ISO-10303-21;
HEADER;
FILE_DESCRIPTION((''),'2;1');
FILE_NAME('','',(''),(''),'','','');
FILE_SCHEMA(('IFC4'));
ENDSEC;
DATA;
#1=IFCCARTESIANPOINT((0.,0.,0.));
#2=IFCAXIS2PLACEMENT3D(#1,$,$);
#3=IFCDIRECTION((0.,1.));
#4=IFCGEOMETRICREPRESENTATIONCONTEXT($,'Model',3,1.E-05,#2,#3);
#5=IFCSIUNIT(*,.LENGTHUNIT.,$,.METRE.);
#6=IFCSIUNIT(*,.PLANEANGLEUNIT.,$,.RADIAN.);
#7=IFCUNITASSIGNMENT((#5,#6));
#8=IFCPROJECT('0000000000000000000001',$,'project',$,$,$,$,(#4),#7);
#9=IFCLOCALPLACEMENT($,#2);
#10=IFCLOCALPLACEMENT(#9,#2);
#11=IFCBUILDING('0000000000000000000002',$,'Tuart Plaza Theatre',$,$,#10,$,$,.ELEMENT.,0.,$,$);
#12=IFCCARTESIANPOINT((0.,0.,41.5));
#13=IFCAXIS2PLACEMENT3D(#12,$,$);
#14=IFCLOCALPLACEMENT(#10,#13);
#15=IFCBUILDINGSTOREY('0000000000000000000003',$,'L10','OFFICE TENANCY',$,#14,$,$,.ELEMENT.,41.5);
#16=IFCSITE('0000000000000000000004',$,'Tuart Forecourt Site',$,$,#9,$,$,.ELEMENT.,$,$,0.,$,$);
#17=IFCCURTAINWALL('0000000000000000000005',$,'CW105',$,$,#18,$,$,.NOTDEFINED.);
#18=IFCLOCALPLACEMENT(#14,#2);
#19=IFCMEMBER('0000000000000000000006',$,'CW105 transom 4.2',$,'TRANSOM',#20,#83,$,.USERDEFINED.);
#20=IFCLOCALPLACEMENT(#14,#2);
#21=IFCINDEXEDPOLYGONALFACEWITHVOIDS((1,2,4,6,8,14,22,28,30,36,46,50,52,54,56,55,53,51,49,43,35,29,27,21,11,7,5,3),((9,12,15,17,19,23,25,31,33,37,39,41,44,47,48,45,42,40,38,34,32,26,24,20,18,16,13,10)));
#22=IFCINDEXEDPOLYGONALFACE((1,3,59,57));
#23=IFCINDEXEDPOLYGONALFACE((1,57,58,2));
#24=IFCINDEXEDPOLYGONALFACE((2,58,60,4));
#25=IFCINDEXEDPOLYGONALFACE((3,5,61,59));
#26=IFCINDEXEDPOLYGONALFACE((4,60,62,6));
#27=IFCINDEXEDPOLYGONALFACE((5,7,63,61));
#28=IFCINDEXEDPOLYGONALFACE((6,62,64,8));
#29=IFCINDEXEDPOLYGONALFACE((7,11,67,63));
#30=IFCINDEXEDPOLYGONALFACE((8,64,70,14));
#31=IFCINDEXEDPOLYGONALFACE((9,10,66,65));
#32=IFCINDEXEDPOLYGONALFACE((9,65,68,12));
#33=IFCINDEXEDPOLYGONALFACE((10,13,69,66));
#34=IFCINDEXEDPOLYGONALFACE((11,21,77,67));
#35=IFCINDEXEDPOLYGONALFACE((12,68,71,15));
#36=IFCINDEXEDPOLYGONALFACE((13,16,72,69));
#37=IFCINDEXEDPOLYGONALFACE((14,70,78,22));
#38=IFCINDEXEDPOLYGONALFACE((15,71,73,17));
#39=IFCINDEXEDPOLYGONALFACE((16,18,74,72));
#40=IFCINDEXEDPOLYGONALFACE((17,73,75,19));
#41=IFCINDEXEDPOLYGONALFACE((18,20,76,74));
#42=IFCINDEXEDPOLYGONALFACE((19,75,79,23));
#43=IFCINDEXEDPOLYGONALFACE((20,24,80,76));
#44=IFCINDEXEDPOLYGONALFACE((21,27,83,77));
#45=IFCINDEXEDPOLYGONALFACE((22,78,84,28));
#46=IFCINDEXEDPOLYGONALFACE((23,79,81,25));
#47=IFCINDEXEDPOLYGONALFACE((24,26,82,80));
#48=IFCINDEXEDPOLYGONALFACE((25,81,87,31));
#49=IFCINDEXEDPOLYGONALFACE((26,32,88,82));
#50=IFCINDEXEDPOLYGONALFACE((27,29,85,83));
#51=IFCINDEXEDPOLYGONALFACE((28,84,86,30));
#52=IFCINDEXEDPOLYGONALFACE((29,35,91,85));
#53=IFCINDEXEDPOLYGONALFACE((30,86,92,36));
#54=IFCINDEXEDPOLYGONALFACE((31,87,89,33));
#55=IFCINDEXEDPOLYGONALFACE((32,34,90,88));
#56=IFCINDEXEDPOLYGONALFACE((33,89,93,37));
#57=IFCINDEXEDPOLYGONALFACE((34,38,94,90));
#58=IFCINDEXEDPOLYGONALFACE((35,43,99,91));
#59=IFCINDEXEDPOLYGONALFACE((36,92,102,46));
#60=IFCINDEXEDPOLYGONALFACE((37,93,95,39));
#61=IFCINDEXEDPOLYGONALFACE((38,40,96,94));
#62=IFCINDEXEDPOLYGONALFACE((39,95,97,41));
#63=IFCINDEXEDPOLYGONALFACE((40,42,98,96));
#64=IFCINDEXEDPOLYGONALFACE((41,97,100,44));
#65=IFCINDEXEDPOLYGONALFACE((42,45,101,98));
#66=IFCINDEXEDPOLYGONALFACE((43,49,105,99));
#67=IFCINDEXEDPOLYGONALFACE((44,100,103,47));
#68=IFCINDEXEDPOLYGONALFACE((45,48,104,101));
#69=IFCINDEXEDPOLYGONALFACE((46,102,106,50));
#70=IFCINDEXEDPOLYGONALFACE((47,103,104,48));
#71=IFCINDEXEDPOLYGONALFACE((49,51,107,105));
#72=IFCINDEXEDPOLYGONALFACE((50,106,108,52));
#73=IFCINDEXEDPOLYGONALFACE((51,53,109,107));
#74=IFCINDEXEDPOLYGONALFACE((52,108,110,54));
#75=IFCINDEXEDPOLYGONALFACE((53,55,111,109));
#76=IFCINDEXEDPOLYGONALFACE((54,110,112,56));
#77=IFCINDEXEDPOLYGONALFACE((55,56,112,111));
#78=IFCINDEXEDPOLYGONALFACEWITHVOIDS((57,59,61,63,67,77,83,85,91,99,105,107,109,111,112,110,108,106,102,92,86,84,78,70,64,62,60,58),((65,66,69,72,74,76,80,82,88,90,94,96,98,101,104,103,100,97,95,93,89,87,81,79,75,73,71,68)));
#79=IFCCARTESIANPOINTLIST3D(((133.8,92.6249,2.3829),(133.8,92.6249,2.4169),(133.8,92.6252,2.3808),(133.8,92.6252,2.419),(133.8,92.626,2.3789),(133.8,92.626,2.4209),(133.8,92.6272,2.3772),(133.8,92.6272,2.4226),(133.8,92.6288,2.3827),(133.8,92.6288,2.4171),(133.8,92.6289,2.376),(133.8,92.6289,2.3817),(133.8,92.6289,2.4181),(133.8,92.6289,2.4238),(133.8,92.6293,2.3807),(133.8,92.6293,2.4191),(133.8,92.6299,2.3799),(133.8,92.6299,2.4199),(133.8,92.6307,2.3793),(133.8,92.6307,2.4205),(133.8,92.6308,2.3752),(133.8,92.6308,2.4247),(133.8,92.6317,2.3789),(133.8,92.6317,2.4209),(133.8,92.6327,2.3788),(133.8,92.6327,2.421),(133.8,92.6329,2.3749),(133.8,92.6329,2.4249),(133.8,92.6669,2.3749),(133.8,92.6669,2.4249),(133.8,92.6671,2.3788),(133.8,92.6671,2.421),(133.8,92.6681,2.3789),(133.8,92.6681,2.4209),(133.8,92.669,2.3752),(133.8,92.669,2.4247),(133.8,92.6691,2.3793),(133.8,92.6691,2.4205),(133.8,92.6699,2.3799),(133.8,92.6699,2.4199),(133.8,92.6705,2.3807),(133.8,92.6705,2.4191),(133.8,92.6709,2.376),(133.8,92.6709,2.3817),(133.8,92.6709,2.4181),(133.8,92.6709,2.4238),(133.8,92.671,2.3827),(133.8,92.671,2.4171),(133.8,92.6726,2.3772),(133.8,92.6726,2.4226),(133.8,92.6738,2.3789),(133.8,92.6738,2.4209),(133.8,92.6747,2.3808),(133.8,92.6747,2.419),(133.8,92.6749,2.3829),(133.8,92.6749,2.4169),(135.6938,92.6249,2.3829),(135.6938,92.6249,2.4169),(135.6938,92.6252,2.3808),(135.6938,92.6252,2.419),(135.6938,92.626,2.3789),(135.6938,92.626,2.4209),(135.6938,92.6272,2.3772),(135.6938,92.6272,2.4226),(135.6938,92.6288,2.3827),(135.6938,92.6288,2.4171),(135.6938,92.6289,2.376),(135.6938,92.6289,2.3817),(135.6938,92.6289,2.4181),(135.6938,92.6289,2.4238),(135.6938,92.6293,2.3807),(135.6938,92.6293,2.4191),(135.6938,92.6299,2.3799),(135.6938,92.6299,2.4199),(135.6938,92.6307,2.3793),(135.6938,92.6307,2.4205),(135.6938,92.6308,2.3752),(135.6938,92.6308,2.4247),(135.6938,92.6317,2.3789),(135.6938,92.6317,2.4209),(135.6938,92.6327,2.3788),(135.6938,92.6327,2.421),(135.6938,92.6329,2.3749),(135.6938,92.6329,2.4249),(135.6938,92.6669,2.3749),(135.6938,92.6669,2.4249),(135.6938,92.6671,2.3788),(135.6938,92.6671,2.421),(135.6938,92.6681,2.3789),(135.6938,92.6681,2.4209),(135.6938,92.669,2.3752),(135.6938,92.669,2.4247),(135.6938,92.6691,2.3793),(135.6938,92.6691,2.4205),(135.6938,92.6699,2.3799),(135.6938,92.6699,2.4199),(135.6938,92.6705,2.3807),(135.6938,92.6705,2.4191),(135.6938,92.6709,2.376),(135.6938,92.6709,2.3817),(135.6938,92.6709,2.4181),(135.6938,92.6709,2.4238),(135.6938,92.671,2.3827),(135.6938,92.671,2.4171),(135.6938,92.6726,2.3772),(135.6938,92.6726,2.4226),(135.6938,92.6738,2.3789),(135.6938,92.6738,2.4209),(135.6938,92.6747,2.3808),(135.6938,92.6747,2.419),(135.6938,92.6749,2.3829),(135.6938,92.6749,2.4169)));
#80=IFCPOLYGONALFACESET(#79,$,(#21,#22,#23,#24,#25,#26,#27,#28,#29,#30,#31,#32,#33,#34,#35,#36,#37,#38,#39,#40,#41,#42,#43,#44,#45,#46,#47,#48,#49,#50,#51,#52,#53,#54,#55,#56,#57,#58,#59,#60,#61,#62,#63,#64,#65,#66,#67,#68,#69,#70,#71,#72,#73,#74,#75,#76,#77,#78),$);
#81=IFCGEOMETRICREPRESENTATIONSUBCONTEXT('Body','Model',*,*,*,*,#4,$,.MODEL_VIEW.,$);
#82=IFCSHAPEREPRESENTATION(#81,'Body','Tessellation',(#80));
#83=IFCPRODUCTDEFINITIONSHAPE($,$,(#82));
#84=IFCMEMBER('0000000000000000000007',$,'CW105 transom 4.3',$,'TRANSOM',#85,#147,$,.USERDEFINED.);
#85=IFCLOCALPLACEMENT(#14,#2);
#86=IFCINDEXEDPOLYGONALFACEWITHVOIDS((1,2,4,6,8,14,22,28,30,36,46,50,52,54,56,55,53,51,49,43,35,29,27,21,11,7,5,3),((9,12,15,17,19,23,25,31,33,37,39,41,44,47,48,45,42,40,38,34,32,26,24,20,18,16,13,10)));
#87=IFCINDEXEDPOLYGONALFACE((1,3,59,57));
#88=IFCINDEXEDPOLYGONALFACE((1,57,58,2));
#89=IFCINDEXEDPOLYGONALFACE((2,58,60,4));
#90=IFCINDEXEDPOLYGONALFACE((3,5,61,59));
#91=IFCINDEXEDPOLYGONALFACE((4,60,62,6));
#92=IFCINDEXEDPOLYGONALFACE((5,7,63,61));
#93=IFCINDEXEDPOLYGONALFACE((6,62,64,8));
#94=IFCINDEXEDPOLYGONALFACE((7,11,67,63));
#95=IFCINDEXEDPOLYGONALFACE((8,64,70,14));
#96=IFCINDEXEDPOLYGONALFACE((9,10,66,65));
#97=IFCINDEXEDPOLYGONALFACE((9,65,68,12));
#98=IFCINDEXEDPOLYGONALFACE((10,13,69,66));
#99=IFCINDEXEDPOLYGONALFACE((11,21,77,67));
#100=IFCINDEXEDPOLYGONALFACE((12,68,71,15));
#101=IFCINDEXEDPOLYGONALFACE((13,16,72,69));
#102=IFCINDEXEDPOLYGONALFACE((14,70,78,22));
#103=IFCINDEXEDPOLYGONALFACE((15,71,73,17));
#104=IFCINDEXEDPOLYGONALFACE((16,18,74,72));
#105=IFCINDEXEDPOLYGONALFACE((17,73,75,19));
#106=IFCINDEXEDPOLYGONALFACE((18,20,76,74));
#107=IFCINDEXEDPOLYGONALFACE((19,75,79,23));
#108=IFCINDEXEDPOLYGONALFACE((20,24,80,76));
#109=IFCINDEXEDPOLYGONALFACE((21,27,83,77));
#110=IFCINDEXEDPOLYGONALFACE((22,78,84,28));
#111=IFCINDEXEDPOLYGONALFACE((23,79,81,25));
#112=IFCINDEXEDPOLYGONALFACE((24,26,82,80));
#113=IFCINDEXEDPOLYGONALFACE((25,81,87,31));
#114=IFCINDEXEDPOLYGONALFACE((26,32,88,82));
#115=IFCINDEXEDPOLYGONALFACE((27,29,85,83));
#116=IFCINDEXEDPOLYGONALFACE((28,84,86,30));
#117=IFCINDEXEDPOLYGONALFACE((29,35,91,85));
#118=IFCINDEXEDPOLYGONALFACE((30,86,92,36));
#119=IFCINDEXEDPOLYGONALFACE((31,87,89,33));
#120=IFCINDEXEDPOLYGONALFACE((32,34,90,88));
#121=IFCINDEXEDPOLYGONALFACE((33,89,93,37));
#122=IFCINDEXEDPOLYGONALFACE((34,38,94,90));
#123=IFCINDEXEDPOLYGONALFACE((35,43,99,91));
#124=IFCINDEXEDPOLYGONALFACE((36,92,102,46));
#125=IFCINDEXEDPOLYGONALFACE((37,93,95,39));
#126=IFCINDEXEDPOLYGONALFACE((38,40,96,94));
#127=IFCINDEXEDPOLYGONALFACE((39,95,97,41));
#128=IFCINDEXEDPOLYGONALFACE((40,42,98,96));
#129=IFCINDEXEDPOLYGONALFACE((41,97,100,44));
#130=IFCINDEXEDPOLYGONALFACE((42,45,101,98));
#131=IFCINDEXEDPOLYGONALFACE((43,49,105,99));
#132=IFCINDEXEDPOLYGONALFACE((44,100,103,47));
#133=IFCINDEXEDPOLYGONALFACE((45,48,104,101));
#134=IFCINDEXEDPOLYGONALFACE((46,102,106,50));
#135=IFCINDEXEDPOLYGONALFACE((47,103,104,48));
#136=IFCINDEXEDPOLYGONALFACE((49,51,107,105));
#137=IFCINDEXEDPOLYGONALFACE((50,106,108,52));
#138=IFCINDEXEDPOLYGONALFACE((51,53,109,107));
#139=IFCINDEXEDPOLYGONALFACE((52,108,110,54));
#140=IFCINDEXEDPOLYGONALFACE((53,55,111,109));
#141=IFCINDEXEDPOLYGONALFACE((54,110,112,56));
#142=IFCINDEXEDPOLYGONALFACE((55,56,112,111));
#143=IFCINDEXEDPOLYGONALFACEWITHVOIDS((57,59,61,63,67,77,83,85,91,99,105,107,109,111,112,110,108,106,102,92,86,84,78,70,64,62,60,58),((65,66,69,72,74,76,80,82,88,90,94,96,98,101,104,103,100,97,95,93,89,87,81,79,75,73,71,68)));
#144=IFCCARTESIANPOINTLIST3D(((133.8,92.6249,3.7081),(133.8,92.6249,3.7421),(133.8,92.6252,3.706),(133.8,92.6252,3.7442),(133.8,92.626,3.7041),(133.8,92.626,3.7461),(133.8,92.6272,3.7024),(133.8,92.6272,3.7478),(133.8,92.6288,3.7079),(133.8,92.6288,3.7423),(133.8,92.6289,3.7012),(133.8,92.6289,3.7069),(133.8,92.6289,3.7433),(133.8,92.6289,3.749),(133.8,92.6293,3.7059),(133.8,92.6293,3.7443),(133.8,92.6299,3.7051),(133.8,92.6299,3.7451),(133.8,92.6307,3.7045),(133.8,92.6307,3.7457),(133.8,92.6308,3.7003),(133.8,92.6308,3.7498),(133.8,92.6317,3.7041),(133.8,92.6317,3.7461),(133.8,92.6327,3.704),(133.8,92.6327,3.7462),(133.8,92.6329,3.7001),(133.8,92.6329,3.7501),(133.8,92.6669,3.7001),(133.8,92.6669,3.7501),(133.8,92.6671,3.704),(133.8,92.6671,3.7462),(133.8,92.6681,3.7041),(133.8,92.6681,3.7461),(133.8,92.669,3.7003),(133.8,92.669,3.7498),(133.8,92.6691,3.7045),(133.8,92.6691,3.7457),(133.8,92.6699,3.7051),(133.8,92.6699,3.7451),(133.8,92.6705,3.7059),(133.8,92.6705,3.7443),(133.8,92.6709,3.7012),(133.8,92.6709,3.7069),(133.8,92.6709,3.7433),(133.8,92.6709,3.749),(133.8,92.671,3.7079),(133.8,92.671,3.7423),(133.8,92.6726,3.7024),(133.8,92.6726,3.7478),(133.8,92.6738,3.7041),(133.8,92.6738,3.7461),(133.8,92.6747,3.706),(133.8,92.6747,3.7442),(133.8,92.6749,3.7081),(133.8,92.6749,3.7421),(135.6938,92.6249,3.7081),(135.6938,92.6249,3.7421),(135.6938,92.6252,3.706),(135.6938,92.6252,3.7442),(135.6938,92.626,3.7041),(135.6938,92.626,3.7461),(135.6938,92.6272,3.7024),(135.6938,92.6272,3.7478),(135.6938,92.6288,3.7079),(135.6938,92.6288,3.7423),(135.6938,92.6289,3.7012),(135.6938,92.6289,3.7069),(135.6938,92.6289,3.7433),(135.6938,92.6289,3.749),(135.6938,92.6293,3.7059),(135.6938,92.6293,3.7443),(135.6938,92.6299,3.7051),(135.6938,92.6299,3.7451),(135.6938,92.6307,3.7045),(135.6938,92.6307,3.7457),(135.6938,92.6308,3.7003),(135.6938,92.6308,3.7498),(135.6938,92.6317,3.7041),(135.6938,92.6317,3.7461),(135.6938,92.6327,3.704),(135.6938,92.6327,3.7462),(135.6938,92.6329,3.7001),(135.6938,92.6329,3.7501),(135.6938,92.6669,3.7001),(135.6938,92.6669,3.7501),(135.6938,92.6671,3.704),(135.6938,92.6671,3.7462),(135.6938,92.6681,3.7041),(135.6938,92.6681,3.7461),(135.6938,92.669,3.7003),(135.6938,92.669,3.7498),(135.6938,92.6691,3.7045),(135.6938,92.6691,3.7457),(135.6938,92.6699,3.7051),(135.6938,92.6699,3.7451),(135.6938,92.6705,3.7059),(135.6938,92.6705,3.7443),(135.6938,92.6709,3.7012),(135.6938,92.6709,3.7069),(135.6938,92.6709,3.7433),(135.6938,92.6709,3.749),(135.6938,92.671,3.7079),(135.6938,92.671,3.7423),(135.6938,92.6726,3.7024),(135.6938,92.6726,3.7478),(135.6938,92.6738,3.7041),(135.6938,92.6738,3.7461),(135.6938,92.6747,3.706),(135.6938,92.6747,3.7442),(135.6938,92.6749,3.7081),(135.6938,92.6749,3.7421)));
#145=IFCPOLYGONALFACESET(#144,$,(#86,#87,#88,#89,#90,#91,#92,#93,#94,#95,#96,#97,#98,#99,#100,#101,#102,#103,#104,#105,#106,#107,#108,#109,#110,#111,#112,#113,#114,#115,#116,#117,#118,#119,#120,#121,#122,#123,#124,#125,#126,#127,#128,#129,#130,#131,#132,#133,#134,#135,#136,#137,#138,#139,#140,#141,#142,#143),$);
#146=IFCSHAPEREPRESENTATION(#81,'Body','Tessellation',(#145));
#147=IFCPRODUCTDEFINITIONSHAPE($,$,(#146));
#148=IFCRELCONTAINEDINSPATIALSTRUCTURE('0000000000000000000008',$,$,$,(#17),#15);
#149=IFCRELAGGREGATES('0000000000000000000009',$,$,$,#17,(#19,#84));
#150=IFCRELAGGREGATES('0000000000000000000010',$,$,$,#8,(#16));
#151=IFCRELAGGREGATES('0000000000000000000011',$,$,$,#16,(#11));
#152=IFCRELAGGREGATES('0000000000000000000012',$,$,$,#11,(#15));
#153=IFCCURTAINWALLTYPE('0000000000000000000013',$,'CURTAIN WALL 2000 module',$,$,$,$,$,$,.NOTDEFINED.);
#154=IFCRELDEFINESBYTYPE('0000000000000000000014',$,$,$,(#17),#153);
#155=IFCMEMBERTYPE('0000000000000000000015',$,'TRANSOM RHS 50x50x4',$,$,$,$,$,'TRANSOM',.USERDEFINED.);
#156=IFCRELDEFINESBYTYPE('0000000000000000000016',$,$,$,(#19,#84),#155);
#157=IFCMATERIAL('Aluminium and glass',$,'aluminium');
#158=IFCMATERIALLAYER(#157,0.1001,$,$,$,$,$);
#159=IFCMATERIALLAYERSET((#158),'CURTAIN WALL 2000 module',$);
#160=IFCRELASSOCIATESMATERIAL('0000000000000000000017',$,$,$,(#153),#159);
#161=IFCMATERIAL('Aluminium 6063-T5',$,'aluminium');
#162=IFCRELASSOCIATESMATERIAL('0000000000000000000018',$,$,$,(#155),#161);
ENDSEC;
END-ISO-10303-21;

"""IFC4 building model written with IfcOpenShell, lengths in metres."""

from ifc_helpers import new_model, si_unit, direction, frame, origin, origin_2d, place, context, subcontext, project, spatial, hollow_rectangle, extrude, material, layer, layer_set, material_profile, profile_set, type_object, element, aggregate, save


model = new_model("IFC4")

# Units and contexts
model_context = context("Model", 3, precision=1e-05, world=origin(), true_north=direction((0.0, 1.0)))
body_context = subcontext(model_context, "Body", "Model", "MODEL_VIEW")
ifc_project = project(units=[si_unit("LENGTHUNIT", "METRE"), si_unit("PLANEANGLEUNIT", "RADIAN")], contexts=[model_context])

# Site, building, storey
site_placement = place(None, origin())
site = spatial("IfcSite", under=ifc_project, at=site_placement, Name="Tuart Forecourt Site", CompositionType="ELEMENT", RefElevation=0.0)
building_placement = place(site_placement, origin())
building = spatial("IfcBuilding", under=site, at=building_placement, Name="Tuart Plaza Theatre", CompositionType="ELEMENT", ElevationOfRefHeight=0.0)
storey_placement = place(building_placement, frame((0.0, 0.0, 41.5)))
storey = spatial("IfcBuildingStorey", under=building, at=storey_placement, Name="L10", Description="OFFICE TENANCY", CompositionType="ELEMENT", Elevation=41.5)

# Curtain wall, members
ifc_material_1 = material(Name="Aluminium and glass", Category="aluminium")
ifc_layer_1 = layer(ifc_material_1, 0.1001)
ifc_layer_set_1 = layer_set([ifc_layer_1], Name="CURTAIN WALL 2000 module")
curtain_wall_type = type_object("IfcCurtainWallType", Name="CURTAIN WALL 2000 module", PredefinedType="NOTDEFINED", material=ifc_layer_set_1)
curtain_wall_placement = place(storey_placement, origin())
curtain_wall = element("IfcCurtainWall", 1, at=curtain_wall_placement, inside=storey, type_object=curtain_wall_type, Name="CW105", PredefinedType="NOTDEFINED")
ifc_material_2 = material(Name="Aluminium 6063-T5", Category="aluminium")
ifc_material_profile_1 = material_profile(ifc_material_2, hollow_rectangle(XDim=0.05, YDim=0.05, WallThickness=0.0039, InnerFilletRadius=0.0039, OuterFilletRadius=0.0081, at=origin_2d()), Name="RHS 50x50x4")
ifc_profile_set_1 = profile_set([ifc_material_profile_1], Name="Aluminium 6063-T5")
member_type_1 = type_object("IfcMemberType", Name="TRANSOM RHS 50x50x4", ElementType="TRANSOM", PredefinedType="USERDEFINED", material=ifc_profile_set_1)
member_1_placement = place(storey_placement, frame((135.6938, 92.6499, 2.3999), z_axis=(-1.0, 0.0, 0.0), x_axis=(0.0, -1.0, 0.0)))
member_1 = element("IfcMember", 2, at=member_1_placement, type_object=member_type_1, Name="CW105 transom 4.2", ObjectType="TRANSOM", PredefinedType="USERDEFINED", context=body_context, shape_type="SweptSolid", body=[
    extrude(hollow_rectangle(XDim=0.05, YDim=0.05, WallThickness=0.0039, InnerFilletRadius=0.0039, OuterFilletRadius=0.0081, at=origin_2d()), origin(), (0.0, 0.0, 1.0), 1.8938),
])
member_2_placement = place(storey_placement, frame((135.6938, 92.6499, 3.7251), z_axis=(-1.0, 0.0, 0.0), x_axis=(0.0, -1.0, 0.0)))
member_2 = element("IfcMember", 3, at=member_2_placement, type_object=member_type_1, Name="CW105 transom 4.3", ObjectType="TRANSOM", PredefinedType="USERDEFINED", context=body_context, shape_type="SweptSolid", body=[
    extrude(hollow_rectangle(XDim=0.05, YDim=0.05, WallThickness=0.0039, InnerFilletRadius=0.0039, OuterFilletRadius=0.0081, at=origin_2d()), origin(), (0.0, 0.0, 1.0), 1.8938),
])
aggregate(curtain_wall, [member_1, member_2])

save(model, "model.ifc")
